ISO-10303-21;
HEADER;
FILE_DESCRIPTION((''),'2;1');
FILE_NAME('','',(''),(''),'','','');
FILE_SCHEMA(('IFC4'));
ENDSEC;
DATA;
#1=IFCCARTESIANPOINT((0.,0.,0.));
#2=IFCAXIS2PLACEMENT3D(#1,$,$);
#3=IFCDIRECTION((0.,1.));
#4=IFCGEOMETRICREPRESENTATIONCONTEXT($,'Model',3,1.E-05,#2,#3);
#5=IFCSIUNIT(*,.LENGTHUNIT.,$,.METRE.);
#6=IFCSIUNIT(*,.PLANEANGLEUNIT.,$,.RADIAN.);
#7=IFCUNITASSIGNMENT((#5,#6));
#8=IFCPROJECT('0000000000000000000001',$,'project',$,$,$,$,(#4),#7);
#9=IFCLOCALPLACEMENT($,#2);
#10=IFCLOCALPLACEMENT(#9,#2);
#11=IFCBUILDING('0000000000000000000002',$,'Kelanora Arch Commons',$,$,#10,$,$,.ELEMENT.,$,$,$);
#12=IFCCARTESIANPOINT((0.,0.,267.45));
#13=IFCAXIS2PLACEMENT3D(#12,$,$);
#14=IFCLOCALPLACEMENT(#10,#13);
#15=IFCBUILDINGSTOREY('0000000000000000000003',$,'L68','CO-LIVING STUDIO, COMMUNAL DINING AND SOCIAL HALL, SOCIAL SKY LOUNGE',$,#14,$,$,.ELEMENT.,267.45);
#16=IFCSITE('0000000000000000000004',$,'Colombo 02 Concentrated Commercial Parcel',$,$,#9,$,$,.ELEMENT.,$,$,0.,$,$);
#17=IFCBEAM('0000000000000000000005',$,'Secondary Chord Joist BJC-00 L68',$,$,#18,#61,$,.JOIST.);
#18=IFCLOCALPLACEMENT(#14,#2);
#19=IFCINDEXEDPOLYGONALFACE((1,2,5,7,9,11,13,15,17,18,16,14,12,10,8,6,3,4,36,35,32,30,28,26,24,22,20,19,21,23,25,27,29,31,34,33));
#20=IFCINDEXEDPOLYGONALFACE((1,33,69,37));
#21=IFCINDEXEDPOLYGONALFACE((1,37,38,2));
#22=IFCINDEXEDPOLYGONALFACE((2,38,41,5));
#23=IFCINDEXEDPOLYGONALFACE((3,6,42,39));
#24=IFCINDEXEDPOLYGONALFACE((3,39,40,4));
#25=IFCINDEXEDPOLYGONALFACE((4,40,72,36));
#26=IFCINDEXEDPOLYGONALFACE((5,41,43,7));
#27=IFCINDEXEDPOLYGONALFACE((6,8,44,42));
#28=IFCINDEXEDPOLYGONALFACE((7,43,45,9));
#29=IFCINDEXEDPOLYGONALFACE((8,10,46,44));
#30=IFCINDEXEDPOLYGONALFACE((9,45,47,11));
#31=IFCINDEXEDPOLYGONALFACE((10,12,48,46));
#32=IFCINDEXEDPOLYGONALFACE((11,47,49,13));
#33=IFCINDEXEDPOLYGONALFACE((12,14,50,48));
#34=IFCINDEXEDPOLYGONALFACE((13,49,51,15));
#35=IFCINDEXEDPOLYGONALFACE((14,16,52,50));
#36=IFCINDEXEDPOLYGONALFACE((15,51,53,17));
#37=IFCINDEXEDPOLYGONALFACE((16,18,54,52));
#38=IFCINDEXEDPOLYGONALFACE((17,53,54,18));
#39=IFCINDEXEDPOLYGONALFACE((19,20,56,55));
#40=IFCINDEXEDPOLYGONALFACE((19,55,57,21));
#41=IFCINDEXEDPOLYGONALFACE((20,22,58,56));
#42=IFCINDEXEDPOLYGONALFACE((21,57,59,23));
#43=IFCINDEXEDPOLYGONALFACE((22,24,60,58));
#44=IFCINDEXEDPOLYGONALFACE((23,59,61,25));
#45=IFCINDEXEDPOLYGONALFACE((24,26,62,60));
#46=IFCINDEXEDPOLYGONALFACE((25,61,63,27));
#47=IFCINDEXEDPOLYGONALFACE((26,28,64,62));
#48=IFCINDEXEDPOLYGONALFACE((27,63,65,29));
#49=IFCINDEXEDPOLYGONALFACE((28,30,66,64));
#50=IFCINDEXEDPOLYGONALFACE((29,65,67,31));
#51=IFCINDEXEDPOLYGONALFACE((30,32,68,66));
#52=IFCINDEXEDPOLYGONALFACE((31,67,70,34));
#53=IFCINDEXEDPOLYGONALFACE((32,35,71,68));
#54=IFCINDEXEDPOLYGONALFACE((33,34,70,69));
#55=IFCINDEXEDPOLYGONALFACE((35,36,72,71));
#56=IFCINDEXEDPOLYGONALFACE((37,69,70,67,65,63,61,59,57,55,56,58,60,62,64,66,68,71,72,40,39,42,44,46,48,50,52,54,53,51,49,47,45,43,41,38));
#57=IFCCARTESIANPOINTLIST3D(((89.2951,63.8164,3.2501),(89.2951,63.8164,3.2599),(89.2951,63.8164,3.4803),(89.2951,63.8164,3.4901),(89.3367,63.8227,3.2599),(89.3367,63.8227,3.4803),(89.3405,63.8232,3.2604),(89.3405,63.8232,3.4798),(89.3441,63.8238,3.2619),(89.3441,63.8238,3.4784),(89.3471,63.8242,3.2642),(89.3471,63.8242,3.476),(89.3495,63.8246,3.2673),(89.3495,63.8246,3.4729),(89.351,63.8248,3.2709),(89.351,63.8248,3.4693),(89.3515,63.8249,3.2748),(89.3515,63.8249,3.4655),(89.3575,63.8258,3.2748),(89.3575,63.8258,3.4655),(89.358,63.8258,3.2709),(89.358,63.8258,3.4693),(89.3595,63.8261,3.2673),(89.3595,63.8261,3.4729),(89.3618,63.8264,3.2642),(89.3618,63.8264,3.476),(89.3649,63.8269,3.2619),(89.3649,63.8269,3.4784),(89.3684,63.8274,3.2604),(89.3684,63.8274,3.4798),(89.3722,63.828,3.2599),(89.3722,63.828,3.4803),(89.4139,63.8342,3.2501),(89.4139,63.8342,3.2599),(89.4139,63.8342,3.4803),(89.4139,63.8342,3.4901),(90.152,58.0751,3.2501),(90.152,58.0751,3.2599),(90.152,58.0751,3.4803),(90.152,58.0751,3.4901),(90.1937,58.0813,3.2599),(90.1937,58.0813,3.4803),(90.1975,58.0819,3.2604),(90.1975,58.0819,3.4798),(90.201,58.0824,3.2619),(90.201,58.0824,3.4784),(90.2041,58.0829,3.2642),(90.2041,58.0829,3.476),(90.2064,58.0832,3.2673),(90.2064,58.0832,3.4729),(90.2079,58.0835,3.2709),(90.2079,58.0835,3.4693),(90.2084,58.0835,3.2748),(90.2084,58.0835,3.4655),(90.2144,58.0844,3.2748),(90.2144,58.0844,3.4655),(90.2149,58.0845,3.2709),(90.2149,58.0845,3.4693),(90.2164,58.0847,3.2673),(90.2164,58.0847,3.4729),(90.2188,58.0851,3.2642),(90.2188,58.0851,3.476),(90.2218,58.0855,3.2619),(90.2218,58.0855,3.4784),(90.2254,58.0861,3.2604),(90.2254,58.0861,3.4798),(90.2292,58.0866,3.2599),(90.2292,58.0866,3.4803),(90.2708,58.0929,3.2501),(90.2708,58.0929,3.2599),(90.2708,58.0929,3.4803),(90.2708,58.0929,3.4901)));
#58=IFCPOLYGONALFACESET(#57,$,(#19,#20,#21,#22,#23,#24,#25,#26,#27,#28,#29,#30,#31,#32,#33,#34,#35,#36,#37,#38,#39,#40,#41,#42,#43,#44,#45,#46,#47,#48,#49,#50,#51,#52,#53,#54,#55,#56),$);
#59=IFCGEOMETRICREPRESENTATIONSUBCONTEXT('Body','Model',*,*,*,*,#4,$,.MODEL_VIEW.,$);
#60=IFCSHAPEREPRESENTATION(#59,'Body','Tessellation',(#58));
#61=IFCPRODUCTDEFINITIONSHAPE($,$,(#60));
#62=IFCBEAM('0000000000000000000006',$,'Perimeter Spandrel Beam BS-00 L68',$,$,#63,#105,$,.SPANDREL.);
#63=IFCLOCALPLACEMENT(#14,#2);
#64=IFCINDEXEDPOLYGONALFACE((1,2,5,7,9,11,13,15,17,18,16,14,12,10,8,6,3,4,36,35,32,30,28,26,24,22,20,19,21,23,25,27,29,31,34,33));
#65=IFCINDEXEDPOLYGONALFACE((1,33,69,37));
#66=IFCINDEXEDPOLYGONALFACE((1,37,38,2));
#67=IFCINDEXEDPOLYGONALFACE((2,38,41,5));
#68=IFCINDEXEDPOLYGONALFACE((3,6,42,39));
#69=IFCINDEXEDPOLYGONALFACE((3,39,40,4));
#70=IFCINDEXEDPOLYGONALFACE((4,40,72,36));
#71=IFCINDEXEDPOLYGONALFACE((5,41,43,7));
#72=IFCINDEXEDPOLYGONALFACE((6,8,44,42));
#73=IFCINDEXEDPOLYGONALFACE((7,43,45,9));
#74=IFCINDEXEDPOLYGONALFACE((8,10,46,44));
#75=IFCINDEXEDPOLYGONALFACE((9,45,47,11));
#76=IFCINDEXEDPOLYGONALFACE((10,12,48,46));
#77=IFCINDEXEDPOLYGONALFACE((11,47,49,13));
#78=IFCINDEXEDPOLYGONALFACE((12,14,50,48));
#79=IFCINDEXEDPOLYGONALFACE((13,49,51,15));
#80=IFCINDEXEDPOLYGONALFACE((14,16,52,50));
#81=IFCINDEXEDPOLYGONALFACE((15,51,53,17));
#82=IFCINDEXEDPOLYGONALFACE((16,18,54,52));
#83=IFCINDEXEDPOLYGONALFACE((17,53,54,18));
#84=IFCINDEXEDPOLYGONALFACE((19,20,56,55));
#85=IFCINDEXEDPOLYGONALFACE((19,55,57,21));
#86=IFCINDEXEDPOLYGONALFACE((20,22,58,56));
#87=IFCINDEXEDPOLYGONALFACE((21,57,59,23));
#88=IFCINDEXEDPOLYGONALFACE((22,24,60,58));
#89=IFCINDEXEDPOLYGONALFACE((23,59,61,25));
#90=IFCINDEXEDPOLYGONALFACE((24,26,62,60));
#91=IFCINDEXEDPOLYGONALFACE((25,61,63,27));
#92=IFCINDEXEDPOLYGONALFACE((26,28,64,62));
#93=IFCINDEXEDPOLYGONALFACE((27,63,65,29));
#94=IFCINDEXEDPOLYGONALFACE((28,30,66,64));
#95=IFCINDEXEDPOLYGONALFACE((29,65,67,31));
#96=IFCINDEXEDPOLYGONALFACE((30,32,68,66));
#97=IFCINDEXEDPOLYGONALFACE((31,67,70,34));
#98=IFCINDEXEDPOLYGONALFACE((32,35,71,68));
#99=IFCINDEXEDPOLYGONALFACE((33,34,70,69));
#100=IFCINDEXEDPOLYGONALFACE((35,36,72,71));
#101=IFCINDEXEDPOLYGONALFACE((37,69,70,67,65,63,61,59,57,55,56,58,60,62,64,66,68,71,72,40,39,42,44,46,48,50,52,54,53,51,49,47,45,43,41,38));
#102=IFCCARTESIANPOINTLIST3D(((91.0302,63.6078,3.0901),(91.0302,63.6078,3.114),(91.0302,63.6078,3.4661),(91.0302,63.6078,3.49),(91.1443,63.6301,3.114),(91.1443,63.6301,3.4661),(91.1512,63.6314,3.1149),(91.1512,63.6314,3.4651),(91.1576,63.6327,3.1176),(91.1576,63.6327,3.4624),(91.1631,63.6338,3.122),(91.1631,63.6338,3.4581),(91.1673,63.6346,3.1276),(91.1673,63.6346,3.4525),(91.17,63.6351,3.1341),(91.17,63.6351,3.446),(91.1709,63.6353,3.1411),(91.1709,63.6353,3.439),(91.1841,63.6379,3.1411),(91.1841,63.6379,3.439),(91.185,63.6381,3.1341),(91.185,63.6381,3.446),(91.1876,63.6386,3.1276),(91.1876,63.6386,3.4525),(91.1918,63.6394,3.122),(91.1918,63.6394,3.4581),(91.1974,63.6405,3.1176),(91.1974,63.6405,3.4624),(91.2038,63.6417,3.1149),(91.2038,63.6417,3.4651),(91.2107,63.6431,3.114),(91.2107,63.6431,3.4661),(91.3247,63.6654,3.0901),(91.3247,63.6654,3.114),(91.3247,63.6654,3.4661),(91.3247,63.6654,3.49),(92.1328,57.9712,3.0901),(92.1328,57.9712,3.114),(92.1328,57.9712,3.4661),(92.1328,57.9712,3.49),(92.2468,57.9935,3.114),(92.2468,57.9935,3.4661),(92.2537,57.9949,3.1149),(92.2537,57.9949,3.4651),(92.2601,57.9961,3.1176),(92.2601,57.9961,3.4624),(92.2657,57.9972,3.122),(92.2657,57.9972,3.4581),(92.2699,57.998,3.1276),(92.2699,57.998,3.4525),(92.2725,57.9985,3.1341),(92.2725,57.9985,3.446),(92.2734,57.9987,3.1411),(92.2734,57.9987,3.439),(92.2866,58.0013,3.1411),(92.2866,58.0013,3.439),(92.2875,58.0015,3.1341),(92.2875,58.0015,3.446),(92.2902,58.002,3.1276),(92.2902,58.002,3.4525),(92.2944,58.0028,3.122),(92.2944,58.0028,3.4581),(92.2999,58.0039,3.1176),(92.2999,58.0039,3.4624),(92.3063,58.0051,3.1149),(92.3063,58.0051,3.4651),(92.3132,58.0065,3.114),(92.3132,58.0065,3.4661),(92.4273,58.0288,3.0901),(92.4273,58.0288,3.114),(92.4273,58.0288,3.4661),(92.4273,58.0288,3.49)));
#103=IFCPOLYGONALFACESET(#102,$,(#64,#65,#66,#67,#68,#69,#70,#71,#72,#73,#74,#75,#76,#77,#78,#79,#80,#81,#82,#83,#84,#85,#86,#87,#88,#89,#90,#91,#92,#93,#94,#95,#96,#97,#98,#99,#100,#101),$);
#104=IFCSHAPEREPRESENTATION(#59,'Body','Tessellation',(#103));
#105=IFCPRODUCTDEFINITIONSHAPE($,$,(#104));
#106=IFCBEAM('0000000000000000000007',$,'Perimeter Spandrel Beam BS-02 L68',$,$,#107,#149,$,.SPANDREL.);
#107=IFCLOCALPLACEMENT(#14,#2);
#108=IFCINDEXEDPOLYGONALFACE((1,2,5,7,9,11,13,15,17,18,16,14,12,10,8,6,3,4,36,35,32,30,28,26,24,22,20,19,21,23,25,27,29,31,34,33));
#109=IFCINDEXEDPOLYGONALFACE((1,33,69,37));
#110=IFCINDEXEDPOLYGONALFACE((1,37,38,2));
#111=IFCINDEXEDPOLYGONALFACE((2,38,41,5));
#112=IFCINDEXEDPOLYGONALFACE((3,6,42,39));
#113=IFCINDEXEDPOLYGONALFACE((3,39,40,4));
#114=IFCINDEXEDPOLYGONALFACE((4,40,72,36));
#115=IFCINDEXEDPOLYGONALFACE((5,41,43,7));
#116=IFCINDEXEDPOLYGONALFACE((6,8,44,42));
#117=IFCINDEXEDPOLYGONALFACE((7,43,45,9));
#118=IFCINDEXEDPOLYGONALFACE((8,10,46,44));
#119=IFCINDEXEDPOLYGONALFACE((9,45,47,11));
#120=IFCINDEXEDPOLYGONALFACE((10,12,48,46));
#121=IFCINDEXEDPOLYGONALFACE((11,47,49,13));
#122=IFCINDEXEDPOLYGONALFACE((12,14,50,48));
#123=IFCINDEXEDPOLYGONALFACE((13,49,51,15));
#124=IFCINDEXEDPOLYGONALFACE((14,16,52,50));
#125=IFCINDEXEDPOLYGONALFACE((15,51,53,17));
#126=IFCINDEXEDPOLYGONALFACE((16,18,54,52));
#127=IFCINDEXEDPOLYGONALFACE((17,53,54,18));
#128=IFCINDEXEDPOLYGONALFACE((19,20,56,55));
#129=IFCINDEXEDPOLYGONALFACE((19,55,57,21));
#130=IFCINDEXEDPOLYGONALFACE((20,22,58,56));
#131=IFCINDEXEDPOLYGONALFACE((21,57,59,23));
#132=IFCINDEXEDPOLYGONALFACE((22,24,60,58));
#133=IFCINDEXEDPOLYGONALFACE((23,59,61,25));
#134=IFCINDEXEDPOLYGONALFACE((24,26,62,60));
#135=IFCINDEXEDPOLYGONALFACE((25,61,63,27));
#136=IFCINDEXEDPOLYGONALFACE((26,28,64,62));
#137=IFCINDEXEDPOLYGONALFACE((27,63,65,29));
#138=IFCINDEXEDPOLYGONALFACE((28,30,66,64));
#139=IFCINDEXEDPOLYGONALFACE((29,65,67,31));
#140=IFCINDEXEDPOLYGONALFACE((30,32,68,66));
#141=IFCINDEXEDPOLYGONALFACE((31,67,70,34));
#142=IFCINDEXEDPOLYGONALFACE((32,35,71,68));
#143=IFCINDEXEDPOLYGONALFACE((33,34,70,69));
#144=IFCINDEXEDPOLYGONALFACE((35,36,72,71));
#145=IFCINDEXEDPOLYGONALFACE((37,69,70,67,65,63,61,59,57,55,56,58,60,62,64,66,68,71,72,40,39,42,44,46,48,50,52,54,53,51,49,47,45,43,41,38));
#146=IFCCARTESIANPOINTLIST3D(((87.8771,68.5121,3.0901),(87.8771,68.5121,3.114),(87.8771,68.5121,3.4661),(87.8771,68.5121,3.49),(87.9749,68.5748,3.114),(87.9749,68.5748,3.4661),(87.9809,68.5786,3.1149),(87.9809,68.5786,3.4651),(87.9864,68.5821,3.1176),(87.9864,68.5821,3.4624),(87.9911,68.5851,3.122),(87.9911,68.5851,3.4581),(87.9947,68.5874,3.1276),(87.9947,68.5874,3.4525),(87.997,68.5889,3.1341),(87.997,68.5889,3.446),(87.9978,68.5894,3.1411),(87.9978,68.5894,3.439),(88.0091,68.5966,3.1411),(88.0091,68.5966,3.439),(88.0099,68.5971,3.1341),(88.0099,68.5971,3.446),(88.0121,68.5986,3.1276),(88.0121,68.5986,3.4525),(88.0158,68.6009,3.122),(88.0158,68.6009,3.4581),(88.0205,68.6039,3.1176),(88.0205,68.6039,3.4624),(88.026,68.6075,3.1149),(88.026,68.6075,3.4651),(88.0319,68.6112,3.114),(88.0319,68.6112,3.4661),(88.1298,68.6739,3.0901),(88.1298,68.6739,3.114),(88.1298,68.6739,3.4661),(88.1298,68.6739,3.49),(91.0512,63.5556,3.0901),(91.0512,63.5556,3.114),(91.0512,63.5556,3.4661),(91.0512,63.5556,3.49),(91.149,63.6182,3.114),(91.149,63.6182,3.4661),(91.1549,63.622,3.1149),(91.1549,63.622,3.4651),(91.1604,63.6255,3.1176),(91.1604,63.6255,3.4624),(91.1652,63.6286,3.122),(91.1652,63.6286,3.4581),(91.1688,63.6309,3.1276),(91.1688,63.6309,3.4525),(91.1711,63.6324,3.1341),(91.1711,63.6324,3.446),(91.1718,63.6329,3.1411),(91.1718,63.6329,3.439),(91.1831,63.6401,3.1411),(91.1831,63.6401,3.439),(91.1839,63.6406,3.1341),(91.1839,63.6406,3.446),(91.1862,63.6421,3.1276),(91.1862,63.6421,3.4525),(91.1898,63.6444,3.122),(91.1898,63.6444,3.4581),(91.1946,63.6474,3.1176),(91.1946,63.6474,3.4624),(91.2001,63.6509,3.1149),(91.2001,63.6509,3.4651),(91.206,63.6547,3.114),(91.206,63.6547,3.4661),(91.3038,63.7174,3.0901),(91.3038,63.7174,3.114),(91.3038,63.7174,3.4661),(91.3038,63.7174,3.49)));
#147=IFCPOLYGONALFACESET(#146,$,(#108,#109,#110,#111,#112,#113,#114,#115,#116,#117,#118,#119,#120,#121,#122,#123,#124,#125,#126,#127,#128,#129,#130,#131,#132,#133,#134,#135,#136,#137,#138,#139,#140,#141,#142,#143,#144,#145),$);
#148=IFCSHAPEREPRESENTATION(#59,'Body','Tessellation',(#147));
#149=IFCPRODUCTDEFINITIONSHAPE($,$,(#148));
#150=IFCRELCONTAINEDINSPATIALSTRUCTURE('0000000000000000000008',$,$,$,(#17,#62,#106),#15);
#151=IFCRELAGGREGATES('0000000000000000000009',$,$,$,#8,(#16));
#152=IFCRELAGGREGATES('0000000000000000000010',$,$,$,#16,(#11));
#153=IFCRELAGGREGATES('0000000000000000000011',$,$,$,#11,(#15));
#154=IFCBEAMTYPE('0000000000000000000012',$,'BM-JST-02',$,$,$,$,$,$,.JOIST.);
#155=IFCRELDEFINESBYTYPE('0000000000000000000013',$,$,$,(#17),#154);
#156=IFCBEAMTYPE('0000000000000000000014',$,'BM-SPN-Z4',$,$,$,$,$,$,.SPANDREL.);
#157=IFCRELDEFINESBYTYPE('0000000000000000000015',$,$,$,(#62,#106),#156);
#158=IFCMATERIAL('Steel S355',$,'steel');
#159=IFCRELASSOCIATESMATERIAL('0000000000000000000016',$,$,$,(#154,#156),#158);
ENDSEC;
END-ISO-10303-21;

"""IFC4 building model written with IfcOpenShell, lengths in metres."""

from ifc_helpers import new_model, si_unit, direction, frame, origin, origin_2d, place, context, subcontext, project, spatial, i_section, extrude, material, material_profile, profile_set, type_object, element, save


model = new_model("IFC4")

# Units and contexts
model_context = context("Model", 3, precision=1e-05, world=origin(), true_north=direction((0.0, 1.0)))
body_context = subcontext(model_context, "Body", "Model", "MODEL_VIEW")
ifc_project = project(units=[si_unit("LENGTHUNIT", "METRE"), si_unit("PLANEANGLEUNIT", "RADIAN")], contexts=[model_context])

# Site, building, storey
site_placement = place(None, origin())
site = spatial("IfcSite", under=ifc_project, at=site_placement, Name="Colombo 02 Concentrated Commercial Parcel", CompositionType="ELEMENT", RefElevation=0.0)
building_placement = place(site_placement, origin())
building = spatial("IfcBuilding", under=site, at=building_placement, Name="Kelanora Arch Commons", CompositionType="ELEMENT")
storey_placement = place(building_placement, frame((0.0, 0.0, 267.45)))
storey = spatial("IfcBuildingStorey", under=building, at=storey_placement, Name="L68", Description="CO-LIVING STUDIO, COMMUNAL DINING AND SOCIAL HALL, SOCIAL SKY LOUNGE", CompositionType="ELEMENT", Elevation=267.45)

# Beams
ifc_material_1 = material(Name="Steel S355", Category="steel")
ifc_material_profile_1 = material_profile(ifc_material_1, i_section(OverallWidth=0.1201, OverallDepth=0.24, WebThickness=0.0061, FlangeThickness=0.0098, FilletRadius=0.0149, at=origin_2d()), Name="IPE240")
ifc_profile_set_1 = profile_set([ifc_material_profile_1], Name="Steel S355")
beam_type_1 = type_object("IfcBeamType", Name="BM-JST-02", PredefinedType="JOIST", material=ifc_profile_set_1)
beam_1_placement = place(storey_placement, frame((90.2114, 58.084, 3.3701), z_axis=(-0.147625, 0.989043, 0.0), x_axis=(-0.989043, -0.147625, 0.0)))
element("IfcBeam", 1, at=beam_1_placement, inside=storey, type_object=beam_type_1, Name="Secondary Chord Joist BJC-00 L68", PredefinedType="JOIST", context=body_context, shape_type="SweptSolid", body=[
    extrude(i_section(OverallWidth=0.1201, OverallDepth=0.24, WebThickness=0.0061, FlangeThickness=0.0098, FilletRadius=0.0149, at=origin_2d()), origin(), (0.0, 0.0, 1.0), 5.8049),
])
ifc_material_profile_2 = material_profile(ifc_material_1, i_section(OverallWidth=0.3, OverallDepth=0.3999, WebThickness=0.0134, FlangeThickness=0.0239, FilletRadius=0.0271, at=origin_2d()), Name="HEB400")
ifc_profile_set_2 = profile_set([ifc_material_profile_2], Name="Steel S355")
beam_type_2 = type_object("IfcBeamType", Name="BM-SPN-Z4", PredefinedType="SPANDREL", material=ifc_profile_set_2)
beam_2_placement = place(storey_placement, frame((92.28, 58.0, 3.29), z_axis=(-0.19197, 0.981401, 0.0), x_axis=(-0.981401, -0.19197, 0.0)))
element("IfcBeam", 2, at=beam_2_placement, inside=storey, type_object=beam_type_2, Name="Perimeter Spandrel Beam BS-00 L68", PredefinedType="SPANDREL", context=body_context, shape_type="SweptSolid", body=[
    extrude(i_section(OverallWidth=0.3, OverallDepth=0.3999, WebThickness=0.0134, FlangeThickness=0.0239, FilletRadius=0.0271, at=origin_2d()), origin(), (0.0, 0.0, 1.0), 5.7434),
])
beam_3_placement = place(storey_placement, frame((91.1775, 63.6365, 3.29), z_axis=(-0.539281, 0.842126, 0.0), x_axis=(-0.842126, -0.539281, 0.0)))
element("IfcBeam", 3, at=beam_3_placement, inside=storey, type_object=beam_type_2, Name="Perimeter Spandrel Beam BS-02 L68", PredefinedType="SPANDREL", context=body_context, shape_type="SweptSolid", body=[
    extrude(i_section(OverallWidth=0.3, OverallDepth=0.3999, WebThickness=0.0134, FlangeThickness=0.0239, FilletRadius=0.0271, at=origin_2d()), origin(), (0.0, 0.0, 1.0), 5.8857),
])

save(model, "model.ifc")
